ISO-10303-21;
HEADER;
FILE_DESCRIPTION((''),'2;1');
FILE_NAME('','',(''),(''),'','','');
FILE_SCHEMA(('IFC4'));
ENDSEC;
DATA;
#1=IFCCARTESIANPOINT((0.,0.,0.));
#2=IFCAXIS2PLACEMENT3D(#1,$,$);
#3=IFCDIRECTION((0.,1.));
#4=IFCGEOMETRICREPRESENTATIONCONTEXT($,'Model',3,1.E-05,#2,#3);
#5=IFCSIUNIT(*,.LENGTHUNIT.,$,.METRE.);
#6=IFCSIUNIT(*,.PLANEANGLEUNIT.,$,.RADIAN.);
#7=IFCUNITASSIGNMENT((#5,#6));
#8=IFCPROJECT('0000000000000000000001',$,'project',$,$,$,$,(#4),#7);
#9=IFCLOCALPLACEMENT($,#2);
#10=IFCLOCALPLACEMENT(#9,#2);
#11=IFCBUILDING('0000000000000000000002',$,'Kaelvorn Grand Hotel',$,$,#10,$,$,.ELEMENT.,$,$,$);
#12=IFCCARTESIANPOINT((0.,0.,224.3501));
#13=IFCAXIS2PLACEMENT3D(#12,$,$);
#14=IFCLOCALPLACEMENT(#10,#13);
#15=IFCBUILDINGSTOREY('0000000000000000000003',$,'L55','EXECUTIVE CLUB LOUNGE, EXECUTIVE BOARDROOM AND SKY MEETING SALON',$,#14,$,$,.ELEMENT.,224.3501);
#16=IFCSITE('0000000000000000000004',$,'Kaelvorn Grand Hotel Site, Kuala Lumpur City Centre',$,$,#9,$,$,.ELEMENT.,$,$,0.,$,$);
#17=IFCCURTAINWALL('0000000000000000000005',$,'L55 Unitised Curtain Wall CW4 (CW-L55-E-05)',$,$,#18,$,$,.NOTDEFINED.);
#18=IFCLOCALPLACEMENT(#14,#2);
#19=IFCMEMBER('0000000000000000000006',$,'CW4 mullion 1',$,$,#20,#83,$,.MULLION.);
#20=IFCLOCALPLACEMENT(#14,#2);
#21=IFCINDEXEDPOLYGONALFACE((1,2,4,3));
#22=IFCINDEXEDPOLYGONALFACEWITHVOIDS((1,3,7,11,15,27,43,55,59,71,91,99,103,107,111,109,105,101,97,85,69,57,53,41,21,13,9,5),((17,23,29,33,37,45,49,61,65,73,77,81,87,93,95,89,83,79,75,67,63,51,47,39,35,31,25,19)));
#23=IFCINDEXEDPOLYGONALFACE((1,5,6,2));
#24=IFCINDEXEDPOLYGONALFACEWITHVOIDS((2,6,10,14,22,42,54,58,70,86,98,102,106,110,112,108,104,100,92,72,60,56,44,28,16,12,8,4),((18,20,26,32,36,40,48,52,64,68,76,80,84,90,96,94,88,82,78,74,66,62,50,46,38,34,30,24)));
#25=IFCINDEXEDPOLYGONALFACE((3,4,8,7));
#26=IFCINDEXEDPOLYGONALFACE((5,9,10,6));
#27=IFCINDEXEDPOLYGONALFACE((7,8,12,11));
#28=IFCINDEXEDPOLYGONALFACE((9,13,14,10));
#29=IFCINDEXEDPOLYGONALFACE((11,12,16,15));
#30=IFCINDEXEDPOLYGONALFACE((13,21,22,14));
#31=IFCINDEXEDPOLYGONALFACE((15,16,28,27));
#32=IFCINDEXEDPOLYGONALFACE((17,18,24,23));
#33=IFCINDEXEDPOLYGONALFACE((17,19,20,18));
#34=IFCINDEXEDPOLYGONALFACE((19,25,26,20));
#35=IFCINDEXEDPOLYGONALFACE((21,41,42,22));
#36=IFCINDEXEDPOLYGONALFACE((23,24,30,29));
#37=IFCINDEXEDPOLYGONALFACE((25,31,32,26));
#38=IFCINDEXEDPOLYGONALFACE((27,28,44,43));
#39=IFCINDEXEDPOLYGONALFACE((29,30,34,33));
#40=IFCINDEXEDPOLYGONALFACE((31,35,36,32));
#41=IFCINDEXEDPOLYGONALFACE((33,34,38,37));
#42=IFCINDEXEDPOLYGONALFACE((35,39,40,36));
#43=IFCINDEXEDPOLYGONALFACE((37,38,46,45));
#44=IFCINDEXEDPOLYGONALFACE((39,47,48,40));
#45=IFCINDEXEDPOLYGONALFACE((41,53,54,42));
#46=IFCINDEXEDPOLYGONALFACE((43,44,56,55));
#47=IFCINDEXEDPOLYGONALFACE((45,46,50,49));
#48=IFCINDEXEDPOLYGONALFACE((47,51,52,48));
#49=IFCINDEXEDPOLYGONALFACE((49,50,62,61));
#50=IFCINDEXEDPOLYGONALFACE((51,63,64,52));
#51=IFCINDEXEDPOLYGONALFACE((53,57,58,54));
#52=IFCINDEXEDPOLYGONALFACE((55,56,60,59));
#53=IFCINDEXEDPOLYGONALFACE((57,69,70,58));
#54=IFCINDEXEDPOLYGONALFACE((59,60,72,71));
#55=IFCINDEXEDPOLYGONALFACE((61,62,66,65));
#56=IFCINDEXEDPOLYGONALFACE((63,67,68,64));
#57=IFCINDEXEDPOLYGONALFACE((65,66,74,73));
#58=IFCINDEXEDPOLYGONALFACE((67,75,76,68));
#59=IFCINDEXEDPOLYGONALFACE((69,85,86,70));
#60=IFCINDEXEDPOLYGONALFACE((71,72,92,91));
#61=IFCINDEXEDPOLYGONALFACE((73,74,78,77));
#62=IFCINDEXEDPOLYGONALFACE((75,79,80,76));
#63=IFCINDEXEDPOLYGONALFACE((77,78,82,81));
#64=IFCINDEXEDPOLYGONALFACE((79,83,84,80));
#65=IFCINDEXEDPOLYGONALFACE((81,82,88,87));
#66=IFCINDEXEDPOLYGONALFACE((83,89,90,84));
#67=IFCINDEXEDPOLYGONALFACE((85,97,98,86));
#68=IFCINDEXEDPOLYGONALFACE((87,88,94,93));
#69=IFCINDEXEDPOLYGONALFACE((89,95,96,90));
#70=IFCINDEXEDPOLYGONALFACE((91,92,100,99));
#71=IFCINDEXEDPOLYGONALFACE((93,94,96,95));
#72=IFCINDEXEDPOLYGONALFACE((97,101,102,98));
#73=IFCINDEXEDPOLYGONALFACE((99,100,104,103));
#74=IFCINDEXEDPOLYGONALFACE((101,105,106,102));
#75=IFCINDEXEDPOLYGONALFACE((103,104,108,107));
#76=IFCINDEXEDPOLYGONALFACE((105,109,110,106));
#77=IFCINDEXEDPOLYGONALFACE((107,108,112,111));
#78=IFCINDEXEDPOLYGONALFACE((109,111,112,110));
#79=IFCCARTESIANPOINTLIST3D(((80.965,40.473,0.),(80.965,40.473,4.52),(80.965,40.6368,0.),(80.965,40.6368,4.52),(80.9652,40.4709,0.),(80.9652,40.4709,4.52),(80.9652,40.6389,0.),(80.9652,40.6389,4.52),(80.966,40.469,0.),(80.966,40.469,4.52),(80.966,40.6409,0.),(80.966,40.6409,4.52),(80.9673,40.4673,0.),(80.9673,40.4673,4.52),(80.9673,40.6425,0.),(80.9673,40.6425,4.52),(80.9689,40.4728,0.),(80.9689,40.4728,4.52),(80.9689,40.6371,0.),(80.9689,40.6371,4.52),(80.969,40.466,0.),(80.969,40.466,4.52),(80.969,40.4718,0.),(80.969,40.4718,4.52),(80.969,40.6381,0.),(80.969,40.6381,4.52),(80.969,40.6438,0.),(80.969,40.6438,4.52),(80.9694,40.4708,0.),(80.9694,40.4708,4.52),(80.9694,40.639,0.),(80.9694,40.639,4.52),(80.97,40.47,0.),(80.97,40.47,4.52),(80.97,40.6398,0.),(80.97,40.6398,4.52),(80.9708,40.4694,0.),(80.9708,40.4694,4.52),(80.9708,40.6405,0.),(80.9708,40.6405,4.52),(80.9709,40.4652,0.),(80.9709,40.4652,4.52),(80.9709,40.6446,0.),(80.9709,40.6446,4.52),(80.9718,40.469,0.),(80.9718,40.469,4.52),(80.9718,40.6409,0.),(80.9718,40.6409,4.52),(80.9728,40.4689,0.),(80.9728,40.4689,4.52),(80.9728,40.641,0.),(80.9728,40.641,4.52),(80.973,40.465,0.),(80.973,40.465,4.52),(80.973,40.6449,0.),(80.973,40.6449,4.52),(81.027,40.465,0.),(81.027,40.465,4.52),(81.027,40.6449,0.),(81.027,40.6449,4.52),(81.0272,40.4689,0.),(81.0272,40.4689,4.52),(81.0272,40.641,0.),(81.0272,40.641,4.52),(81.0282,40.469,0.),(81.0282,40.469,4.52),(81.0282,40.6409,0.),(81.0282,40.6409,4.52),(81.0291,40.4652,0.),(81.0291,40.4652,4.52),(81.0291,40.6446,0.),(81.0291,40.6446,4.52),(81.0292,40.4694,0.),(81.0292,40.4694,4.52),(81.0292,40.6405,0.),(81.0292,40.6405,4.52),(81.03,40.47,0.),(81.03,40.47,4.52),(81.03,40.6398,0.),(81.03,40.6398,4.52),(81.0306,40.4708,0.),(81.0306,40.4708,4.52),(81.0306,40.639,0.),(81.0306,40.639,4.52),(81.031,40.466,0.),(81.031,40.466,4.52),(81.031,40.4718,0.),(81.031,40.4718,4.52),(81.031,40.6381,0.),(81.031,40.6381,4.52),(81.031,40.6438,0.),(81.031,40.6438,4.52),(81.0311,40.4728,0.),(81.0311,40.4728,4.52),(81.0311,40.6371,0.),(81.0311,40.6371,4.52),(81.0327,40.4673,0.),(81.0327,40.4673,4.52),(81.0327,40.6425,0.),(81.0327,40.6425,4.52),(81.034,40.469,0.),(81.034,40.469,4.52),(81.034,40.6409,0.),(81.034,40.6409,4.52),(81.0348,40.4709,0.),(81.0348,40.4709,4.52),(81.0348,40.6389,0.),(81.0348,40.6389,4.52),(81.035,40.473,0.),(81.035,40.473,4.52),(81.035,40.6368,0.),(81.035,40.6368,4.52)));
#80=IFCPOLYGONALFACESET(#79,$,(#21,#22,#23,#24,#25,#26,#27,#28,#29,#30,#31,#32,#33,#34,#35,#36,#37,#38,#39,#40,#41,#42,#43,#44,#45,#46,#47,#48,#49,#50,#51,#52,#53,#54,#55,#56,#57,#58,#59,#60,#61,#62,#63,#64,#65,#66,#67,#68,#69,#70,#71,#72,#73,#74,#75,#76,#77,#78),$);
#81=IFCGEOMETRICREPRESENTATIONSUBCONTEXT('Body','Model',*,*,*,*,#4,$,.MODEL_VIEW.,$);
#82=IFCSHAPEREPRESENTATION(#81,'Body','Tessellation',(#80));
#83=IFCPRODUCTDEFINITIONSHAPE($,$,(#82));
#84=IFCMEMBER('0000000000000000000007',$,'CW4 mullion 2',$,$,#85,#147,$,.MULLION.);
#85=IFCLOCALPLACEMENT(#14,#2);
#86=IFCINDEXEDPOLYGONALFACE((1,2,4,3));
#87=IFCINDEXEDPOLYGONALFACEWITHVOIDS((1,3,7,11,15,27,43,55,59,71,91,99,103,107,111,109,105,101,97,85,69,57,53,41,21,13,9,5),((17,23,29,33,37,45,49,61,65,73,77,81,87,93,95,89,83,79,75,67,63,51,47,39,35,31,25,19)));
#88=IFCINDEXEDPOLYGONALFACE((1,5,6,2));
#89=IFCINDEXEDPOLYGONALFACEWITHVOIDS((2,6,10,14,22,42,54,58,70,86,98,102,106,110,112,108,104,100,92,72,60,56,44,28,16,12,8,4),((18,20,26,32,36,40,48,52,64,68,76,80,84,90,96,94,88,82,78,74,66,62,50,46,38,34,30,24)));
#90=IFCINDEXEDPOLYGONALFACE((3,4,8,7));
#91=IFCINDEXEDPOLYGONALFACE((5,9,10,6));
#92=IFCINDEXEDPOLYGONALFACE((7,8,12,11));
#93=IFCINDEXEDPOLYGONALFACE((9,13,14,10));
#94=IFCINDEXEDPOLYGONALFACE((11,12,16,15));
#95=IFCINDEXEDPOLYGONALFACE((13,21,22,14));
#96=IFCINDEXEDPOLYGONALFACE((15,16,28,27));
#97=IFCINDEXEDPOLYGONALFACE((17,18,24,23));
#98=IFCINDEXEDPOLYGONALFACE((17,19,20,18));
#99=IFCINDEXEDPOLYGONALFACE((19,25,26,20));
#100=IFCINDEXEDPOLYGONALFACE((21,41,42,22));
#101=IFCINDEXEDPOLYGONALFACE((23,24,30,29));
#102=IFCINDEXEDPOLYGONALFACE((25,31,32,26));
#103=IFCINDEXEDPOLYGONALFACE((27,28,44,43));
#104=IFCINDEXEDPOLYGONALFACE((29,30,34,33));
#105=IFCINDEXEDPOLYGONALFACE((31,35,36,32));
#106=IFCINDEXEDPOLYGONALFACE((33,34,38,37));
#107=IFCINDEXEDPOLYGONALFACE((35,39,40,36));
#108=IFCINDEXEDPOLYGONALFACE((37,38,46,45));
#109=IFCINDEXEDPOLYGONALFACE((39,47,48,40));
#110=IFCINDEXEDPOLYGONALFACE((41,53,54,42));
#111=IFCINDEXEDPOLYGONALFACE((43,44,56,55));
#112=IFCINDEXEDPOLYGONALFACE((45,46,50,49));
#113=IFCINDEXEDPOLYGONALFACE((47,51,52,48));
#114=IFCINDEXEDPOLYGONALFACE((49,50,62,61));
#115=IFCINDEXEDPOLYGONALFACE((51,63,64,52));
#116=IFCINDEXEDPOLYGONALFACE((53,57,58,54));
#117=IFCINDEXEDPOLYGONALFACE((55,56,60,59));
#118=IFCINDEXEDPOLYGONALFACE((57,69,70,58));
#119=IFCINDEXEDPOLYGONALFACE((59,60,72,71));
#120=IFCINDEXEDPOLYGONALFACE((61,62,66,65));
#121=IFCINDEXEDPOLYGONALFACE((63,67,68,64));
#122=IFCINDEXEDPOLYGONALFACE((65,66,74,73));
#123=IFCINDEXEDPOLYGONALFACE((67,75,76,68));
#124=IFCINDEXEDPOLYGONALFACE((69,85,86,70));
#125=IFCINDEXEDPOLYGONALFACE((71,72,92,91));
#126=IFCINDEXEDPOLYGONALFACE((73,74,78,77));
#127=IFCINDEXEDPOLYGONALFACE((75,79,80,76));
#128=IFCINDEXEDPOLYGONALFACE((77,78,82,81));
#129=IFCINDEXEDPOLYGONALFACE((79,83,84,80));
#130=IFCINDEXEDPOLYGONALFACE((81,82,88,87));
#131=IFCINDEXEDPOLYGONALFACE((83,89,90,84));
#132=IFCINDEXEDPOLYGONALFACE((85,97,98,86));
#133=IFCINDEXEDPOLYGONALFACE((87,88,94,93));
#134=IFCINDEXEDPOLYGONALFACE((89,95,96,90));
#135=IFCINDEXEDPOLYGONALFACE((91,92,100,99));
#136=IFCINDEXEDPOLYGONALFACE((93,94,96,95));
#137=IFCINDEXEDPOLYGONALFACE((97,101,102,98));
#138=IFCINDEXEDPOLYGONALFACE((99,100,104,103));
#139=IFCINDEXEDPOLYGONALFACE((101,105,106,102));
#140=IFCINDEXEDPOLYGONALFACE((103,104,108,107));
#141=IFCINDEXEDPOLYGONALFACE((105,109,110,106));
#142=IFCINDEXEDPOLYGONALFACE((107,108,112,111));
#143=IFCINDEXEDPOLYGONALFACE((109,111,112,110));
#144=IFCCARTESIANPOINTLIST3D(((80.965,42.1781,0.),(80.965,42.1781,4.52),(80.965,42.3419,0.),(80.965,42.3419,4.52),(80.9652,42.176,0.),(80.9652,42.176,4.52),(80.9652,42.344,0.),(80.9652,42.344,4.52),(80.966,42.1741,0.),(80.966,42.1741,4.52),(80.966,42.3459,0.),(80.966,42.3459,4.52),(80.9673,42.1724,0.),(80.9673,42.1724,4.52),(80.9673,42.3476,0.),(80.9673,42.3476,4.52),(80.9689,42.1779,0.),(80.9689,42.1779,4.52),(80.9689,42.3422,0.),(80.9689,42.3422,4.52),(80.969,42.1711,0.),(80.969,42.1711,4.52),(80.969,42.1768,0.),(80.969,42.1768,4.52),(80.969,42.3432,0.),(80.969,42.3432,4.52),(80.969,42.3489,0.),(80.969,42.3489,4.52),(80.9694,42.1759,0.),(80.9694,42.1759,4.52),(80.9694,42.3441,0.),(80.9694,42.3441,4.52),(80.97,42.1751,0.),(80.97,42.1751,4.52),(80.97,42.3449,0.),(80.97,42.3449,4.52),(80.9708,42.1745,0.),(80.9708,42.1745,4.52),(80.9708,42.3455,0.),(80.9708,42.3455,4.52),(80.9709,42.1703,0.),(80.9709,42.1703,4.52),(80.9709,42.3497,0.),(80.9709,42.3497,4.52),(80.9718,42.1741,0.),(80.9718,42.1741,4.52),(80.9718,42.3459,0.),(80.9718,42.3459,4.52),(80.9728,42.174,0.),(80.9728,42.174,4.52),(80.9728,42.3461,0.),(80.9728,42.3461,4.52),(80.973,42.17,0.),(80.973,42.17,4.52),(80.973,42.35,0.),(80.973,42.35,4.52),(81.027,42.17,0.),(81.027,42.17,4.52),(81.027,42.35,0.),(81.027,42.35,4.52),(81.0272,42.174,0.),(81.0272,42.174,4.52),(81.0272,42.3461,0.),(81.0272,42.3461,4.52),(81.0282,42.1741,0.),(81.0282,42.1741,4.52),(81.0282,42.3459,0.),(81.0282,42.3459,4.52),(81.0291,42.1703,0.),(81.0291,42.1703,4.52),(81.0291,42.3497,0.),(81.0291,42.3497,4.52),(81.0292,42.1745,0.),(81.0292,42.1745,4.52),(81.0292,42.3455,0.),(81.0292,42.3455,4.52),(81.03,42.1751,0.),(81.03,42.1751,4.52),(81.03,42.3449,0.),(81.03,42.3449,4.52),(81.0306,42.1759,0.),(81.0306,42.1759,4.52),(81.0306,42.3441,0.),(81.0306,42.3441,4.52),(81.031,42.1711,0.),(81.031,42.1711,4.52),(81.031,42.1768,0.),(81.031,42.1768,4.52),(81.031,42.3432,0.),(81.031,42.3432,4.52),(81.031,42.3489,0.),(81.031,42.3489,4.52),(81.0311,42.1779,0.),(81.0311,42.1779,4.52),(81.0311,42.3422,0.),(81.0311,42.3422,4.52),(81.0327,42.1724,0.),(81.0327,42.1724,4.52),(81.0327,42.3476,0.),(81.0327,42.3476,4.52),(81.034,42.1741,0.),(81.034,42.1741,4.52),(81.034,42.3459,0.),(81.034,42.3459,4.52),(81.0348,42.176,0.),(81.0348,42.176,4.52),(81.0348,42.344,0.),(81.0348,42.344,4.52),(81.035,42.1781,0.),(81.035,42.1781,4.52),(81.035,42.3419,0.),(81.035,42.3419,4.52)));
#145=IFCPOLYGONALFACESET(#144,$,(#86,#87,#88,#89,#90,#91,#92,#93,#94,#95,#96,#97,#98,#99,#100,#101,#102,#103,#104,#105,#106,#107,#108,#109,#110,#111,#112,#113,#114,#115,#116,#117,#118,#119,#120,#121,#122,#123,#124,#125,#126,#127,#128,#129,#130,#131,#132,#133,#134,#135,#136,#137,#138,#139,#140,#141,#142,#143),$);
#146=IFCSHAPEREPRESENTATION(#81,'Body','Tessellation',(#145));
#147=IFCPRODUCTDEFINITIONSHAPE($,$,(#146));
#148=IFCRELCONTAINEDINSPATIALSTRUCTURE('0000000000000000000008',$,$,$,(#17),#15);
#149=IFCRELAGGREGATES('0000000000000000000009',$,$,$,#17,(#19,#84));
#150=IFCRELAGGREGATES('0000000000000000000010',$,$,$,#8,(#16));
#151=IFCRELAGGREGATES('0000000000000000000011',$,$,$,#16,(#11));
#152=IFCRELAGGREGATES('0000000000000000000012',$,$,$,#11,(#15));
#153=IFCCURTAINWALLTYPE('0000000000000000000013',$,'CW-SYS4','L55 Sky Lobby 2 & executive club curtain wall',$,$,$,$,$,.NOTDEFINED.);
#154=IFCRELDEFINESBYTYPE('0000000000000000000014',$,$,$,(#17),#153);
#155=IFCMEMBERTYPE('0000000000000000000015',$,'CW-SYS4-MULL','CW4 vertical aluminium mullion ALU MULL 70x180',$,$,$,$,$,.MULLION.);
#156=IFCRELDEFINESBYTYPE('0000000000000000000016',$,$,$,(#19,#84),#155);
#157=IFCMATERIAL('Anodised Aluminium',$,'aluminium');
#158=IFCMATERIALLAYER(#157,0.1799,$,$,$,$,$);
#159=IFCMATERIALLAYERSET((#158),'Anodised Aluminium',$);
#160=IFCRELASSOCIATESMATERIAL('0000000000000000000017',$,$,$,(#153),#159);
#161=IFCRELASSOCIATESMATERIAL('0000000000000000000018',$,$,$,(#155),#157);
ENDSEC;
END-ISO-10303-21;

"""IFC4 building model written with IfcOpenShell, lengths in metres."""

from ifc_helpers import new_model, si_unit, direction, frame, origin, origin_2d, place, context, subcontext, project, spatial, hollow_rectangle, extrude, material, layer, layer_set, material_profile, profile_set, type_object, element, aggregate, save


model = new_model("IFC4")

# Units and contexts
model_context = context("Model", 3, precision=1e-05, world=origin(), true_north=direction((0.0, 1.0)))
body_context = subcontext(model_context, "Body", "Model", "MODEL_VIEW")
ifc_project = project(units=[si_unit("LENGTHUNIT", "METRE"), si_unit("PLANEANGLEUNIT", "RADIAN")], contexts=[model_context])

# Site, building, storey
site_placement = place(None, origin())
site = spatial("IfcSite", under=ifc_project, at=site_placement, Name="Kaelvorn Grand Hotel Site, Kuala Lumpur City Centre", CompositionType="ELEMENT", RefElevation=0.0)
building_placement = place(site_placement, origin())
building = spatial("IfcBuilding", under=site, at=building_placement, Name="Kaelvorn Grand Hotel", CompositionType="ELEMENT")
storey_placement = place(building_placement, frame((0.0, 0.0, 224.3501)))
storey = spatial("IfcBuildingStorey", under=building, at=storey_placement, Name="L55", Description="EXECUTIVE CLUB LOUNGE, EXECUTIVE BOARDROOM AND SKY MEETING SALON", CompositionType="ELEMENT", Elevation=224.3501)

# Shared definitions
ifc_material_1 = material(Name="Anodised Aluminium", Category="aluminium")
ifc_layer_1 = layer(ifc_material_1, 0.1799)
ifc_layer_set_1 = layer_set([ifc_layer_1], Name="Anodised Aluminium")
curtain_wall_type = type_object("IfcCurtainWallType", Name="CW-SYS4", Description="L55 Sky Lobby 2 & executive club curtain wall", PredefinedType="NOTDEFINED", material=ifc_layer_set_1)
ifc_material_profile_1 = material_profile(ifc_material_1, hollow_rectangle(XDim=0.0701, YDim=0.1799, WallThickness=0.0039, InnerFilletRadius=0.0039, OuterFilletRadius=0.0081, at=origin_2d()), Name="ALU MULL 70x180")
ifc_profile_set_1 = profile_set([ifc_material_profile_1], Name="Anodised Aluminium")
member_type_1 = type_object("IfcMemberType", Name="CW-SYS4-MULL", Description="CW4 vertical aluminium mullion ALU MULL 70x180", PredefinedType="MULLION", material=ifc_profile_set_1)

# Curtain wall, members
curtain_wall_1_placement = place(storey_placement, origin())
curtain_wall_1 = element("IfcCurtainWall", 1, at=curtain_wall_1_placement, inside=storey, type_object=curtain_wall_type, Name="L55 Unitised Curtain Wall CW4 (CW-L55-E-05)", PredefinedType="NOTDEFINED")
member_1_placement = place(storey_placement, frame((81.0, 40.5549, 0.0), z_axis=(0.0, 0.0, 1.0), x_axis=(-1.0, 0.0, 0.0)))
member_1 = element("IfcMember", 2, at=member_1_placement, type_object=member_type_1, Name="CW4 mullion 1", PredefinedType="MULLION", context=body_context, shape_type="SweptSolid", body=[
    extrude(hollow_rectangle(XDim=0.0701, YDim=0.1799, WallThickness=0.0039, InnerFilletRadius=0.0039, OuterFilletRadius=0.0081, at=origin_2d()), origin(), (0.0, 0.0, 1.0), 4.52),
])
member_2_placement = place(storey_placement, frame((81.0, 42.26, 0.0), z_axis=(0.0, 0.0, 1.0), x_axis=(-1.0, 0.0, 0.0)))
member_2 = element("IfcMember", 3, at=member_2_placement, type_object=member_type_1, Name="CW4 mullion 2", PredefinedType="MULLION", context=body_context, shape_type="SweptSolid", body=[
    extrude(hollow_rectangle(XDim=0.0701, YDim=0.1799, WallThickness=0.0039, InnerFilletRadius=0.0039, OuterFilletRadius=0.0081, at=origin_2d()), origin(), (0.0, 0.0, 1.0), 4.52),
])
aggregate(curtain_wall_1, [member_1, member_2])

save(model, "model.ifc")
